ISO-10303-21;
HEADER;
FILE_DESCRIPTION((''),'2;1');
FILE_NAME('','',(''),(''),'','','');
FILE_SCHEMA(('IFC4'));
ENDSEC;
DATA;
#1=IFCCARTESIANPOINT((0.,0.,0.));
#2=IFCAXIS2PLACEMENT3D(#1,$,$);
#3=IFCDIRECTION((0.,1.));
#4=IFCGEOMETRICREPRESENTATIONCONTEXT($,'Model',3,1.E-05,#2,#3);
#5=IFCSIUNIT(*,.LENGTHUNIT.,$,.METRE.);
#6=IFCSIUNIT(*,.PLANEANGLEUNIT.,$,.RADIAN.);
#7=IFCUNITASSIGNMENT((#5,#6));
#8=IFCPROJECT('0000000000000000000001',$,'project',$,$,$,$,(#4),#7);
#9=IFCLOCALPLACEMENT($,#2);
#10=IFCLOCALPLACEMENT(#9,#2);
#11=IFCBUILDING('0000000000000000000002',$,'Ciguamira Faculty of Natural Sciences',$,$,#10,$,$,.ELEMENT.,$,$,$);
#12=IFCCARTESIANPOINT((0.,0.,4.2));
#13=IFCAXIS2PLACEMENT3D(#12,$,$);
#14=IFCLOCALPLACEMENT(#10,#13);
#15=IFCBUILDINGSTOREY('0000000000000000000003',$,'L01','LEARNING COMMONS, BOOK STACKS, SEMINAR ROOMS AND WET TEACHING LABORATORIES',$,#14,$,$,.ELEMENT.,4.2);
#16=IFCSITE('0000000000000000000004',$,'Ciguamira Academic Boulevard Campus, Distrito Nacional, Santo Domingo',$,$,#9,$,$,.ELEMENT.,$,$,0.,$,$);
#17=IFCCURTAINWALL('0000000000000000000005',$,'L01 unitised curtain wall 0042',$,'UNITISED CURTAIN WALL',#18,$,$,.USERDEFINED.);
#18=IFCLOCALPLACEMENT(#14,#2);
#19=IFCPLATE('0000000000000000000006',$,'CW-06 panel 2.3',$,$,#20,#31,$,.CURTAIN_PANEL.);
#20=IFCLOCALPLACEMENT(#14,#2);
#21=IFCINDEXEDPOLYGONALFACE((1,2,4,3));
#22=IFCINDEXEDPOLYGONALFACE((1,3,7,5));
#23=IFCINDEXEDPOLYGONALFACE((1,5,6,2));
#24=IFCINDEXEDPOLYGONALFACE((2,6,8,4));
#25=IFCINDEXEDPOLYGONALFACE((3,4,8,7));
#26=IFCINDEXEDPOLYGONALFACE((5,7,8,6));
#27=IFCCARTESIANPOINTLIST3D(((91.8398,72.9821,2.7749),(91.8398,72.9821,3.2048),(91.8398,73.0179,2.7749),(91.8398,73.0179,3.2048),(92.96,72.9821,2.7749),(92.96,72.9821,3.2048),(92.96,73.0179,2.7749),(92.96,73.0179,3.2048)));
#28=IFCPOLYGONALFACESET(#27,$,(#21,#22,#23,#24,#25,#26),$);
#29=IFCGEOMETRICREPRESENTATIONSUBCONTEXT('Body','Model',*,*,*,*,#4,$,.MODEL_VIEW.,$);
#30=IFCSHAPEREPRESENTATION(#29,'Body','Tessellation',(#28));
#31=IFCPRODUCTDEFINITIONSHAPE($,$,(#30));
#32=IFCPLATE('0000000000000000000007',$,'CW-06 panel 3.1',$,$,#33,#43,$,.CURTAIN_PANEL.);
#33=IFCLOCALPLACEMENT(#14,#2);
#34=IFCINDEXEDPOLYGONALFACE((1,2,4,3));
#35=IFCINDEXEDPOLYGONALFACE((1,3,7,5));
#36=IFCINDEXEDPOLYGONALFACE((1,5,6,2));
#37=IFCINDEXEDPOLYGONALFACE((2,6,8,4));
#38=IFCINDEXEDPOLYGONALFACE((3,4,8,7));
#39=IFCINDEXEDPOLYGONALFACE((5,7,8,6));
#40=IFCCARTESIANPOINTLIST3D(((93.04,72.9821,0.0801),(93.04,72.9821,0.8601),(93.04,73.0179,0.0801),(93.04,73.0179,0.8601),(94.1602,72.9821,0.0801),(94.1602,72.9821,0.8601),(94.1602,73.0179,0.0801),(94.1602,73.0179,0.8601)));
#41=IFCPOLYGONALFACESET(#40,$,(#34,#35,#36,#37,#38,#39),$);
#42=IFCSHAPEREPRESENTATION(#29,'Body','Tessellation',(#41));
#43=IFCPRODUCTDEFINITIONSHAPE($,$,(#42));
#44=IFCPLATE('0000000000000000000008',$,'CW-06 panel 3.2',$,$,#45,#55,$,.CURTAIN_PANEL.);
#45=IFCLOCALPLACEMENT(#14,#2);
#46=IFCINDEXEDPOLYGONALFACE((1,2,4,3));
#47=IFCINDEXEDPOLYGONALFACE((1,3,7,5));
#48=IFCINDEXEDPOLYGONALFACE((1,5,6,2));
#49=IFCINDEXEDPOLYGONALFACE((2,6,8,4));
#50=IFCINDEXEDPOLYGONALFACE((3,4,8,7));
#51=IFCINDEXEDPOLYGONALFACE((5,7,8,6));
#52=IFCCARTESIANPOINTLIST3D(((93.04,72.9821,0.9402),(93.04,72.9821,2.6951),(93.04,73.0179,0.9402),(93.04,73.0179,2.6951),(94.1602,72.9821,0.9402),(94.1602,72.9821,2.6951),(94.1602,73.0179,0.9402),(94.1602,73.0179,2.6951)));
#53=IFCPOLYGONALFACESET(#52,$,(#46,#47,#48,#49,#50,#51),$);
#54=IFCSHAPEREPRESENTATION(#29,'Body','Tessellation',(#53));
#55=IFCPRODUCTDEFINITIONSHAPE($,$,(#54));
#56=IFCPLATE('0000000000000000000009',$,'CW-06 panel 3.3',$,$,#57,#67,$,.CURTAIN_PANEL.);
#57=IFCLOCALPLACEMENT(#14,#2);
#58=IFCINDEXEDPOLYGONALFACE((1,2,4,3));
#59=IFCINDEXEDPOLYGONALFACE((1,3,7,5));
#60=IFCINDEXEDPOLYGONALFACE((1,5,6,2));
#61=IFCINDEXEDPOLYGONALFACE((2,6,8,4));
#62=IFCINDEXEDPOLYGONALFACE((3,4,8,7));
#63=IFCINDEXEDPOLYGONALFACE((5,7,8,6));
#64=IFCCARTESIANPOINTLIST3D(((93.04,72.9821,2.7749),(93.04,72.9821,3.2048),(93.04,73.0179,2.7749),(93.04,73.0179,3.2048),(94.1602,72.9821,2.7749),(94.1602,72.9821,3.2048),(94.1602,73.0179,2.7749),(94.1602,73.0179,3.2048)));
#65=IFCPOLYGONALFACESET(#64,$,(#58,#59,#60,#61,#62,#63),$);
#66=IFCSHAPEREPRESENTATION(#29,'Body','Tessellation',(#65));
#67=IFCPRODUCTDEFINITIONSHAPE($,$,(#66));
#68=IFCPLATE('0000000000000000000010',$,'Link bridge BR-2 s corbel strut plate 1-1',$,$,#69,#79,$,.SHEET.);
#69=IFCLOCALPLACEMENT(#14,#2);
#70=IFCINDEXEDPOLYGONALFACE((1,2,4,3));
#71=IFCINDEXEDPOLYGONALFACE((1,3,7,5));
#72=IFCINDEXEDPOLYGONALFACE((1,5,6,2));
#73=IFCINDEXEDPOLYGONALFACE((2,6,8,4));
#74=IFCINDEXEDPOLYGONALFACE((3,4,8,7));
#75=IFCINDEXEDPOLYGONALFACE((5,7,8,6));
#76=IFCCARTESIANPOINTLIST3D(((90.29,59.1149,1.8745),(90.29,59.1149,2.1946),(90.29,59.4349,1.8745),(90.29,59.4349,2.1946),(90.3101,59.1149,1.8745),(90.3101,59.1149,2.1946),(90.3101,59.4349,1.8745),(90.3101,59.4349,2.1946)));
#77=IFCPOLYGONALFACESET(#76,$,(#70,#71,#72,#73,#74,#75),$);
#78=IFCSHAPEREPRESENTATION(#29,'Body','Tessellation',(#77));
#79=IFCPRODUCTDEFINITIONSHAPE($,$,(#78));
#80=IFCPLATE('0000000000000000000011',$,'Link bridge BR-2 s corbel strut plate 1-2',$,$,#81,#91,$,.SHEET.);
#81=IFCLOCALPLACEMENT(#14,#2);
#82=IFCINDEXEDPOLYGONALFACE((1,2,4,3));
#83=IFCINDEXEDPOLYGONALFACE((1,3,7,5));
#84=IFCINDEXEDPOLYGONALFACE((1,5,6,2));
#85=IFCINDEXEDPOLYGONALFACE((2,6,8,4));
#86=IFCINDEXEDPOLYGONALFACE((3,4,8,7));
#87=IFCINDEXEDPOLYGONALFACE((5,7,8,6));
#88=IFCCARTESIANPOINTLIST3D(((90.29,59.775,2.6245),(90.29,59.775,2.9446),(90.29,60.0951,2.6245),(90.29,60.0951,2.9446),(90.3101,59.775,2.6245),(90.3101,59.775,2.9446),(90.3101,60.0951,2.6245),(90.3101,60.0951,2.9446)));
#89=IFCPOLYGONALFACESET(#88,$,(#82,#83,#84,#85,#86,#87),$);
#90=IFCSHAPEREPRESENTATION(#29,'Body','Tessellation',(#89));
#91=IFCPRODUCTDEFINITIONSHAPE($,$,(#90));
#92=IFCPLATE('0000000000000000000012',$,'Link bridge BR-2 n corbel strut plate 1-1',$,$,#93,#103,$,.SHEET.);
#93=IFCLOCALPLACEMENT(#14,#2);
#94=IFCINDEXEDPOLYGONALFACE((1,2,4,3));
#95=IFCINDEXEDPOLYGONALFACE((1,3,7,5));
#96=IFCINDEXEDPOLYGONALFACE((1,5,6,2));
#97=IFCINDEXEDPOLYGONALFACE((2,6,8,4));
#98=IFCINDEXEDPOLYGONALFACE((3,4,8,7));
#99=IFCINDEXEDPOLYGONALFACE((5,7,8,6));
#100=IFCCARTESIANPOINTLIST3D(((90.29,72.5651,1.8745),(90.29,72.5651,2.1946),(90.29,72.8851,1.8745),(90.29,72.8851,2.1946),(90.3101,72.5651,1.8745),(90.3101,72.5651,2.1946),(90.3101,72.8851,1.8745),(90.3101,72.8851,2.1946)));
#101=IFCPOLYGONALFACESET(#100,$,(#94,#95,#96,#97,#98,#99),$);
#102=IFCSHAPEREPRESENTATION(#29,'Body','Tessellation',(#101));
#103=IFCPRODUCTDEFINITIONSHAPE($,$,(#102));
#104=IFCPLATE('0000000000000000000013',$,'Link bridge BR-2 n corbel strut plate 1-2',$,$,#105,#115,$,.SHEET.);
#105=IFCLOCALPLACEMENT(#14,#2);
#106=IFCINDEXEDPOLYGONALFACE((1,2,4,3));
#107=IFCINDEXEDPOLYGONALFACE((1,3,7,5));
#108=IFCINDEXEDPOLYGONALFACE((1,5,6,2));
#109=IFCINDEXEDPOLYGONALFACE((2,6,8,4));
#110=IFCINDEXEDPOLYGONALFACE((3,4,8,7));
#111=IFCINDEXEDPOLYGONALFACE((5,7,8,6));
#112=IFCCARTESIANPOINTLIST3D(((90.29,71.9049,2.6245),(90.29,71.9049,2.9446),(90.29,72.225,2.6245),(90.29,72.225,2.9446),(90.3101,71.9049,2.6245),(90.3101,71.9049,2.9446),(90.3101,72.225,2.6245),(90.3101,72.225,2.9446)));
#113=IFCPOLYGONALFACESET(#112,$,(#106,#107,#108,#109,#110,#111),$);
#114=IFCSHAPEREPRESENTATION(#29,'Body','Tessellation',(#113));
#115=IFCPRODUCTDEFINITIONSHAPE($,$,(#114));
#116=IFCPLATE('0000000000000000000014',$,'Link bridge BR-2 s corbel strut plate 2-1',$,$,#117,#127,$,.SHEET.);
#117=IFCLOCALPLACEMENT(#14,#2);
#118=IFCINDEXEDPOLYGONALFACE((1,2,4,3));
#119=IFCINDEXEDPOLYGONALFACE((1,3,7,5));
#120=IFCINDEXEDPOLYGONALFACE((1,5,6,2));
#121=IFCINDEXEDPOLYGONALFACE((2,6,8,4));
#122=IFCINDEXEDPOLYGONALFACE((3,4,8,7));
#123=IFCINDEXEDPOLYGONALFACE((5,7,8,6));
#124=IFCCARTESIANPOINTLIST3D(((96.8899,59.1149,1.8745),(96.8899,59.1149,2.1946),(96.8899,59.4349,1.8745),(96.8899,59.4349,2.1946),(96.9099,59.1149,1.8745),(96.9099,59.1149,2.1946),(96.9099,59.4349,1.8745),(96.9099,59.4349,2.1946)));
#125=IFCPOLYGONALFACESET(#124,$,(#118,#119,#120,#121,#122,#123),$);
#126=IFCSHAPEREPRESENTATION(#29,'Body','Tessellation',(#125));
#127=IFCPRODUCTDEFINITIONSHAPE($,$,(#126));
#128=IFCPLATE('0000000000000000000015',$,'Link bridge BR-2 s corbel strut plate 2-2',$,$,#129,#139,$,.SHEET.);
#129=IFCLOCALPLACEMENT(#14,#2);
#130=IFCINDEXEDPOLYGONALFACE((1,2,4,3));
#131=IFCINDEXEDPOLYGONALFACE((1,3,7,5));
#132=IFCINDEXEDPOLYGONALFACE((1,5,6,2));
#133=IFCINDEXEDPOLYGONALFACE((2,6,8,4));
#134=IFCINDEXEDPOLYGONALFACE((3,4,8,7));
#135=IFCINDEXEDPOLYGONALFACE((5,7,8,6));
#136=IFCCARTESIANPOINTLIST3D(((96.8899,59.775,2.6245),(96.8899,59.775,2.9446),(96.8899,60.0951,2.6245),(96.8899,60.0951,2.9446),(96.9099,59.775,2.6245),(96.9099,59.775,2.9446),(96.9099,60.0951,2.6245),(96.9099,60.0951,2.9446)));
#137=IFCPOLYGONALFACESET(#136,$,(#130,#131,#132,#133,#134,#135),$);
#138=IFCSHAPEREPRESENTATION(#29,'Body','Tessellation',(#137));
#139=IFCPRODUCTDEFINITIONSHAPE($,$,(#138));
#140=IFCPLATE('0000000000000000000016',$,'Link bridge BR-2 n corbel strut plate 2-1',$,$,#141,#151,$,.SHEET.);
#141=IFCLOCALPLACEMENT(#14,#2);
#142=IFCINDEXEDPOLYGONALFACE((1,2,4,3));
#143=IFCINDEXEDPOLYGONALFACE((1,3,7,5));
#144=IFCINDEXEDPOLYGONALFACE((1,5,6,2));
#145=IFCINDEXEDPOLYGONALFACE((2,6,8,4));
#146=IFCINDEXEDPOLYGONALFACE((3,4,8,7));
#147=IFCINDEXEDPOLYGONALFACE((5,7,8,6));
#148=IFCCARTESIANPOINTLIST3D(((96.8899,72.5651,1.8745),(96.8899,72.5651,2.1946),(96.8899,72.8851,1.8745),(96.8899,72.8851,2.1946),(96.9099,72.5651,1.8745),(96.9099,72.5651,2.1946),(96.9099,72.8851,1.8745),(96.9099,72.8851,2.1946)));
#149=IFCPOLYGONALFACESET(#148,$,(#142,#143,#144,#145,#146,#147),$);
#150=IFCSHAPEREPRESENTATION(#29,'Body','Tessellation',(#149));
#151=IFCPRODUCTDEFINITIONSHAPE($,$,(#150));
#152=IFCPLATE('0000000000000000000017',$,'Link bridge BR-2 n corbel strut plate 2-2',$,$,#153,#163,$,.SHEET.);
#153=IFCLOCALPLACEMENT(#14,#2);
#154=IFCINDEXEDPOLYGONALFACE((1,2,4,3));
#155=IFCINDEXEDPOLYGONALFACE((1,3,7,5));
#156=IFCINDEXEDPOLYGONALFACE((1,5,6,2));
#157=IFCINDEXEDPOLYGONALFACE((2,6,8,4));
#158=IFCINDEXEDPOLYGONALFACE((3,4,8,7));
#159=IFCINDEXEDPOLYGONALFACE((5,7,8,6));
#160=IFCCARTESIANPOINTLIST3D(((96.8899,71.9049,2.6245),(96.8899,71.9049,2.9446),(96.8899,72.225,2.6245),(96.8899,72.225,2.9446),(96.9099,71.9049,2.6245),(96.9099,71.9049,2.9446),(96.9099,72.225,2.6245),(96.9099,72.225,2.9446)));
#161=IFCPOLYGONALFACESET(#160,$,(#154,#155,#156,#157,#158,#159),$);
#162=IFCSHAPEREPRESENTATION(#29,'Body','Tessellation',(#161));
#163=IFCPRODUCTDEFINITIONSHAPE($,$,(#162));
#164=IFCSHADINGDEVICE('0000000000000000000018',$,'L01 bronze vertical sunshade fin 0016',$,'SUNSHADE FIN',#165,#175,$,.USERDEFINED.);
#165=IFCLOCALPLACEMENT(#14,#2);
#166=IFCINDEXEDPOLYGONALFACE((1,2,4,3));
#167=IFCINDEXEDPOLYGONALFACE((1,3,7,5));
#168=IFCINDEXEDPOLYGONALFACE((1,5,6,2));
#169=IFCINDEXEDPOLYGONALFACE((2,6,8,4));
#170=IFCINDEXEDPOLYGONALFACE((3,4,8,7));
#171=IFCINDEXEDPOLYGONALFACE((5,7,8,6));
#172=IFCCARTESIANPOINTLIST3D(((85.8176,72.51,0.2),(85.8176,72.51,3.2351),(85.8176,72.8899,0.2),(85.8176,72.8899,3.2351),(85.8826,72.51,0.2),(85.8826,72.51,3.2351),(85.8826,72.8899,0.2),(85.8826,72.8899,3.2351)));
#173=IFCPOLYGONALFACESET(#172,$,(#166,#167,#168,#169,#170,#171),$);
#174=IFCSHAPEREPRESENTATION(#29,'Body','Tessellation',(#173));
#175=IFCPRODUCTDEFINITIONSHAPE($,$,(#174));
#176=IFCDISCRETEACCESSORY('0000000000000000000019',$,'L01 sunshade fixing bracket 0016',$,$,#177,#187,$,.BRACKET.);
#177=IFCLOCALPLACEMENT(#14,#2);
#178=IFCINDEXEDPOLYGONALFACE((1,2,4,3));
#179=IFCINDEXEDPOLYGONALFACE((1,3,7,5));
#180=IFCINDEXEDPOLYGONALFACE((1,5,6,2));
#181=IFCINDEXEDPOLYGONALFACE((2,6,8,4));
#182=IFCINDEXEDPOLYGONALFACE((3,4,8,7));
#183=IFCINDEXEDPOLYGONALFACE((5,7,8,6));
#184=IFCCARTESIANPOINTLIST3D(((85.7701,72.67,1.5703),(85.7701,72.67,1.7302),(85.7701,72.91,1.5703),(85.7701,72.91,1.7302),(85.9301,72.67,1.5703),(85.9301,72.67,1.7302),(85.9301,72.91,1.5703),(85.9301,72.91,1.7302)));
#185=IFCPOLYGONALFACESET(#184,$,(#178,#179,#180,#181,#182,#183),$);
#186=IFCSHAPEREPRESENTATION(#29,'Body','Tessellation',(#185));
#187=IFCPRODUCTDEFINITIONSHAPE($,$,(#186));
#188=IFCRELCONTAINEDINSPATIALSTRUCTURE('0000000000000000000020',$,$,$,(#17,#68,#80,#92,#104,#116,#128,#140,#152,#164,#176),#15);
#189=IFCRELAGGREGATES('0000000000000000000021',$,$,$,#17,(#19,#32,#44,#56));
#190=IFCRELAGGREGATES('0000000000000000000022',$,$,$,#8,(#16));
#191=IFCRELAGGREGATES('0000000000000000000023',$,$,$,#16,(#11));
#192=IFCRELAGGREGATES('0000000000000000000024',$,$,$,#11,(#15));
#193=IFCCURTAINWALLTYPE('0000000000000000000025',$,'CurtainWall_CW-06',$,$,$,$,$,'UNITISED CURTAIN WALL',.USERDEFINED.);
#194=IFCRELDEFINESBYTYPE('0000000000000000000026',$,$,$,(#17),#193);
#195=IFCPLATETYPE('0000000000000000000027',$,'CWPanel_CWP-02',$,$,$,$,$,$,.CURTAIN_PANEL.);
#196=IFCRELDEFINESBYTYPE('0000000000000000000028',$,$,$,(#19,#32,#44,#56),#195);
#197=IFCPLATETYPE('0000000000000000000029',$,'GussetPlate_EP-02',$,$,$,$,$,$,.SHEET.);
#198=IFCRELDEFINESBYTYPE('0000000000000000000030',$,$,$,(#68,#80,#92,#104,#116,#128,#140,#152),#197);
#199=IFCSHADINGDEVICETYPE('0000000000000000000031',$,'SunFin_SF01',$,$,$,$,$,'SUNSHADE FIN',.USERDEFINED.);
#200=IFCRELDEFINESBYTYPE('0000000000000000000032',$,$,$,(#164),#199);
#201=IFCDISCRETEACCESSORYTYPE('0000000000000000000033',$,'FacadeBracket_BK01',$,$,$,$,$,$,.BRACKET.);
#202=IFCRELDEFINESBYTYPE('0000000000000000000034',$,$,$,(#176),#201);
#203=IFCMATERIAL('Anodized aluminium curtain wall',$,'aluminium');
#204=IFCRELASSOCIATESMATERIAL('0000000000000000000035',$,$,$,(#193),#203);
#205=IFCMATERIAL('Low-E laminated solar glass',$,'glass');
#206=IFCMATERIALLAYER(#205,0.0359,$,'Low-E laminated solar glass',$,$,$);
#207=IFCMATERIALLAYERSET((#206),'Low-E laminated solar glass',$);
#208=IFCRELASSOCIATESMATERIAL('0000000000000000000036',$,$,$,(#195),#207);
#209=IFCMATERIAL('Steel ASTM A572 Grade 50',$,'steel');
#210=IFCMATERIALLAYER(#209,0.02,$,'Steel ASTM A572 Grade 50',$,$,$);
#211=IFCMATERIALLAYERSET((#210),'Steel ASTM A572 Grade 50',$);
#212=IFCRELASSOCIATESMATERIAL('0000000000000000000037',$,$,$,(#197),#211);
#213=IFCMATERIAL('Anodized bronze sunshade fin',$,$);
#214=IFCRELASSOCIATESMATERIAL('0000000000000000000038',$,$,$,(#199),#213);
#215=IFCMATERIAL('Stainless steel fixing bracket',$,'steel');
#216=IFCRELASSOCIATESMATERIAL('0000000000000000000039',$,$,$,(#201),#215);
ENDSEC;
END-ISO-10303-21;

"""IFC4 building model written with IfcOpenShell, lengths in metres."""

from ifc_helpers import new_model, si_unit, direction, frame, origin, origin_2d, place, context, subcontext, project, spatial, rectangle, extrude, material, layer, layer_set, material_profile, profile_set, type_object, element, aggregate, save


model = new_model("IFC4")

# Units and contexts
model_context = context("Model", 3, precision=1e-05, world=origin(), true_north=direction((0.0, 1.0)))
body_context = subcontext(model_context, "Body", "Model", "MODEL_VIEW")
ifc_project = project(units=[si_unit("LENGTHUNIT", "METRE"), si_unit("PLANEANGLEUNIT", "RADIAN")], contexts=[model_context])

# Site, building, storey
site_placement = place(None, origin())
site = spatial("IfcSite", under=ifc_project, at=site_placement, Name="Ciguamira Academic Boulevard Campus, Distrito Nacional, Santo Domingo", CompositionType="ELEMENT", RefElevation=0.0)
building_placement = place(site_placement, origin())
building = spatial("IfcBuilding", under=site, at=building_placement, Name="Ciguamira Faculty of Natural Sciences", CompositionType="ELEMENT")
storey_placement = place(building_placement, frame((0.0, 0.0, 4.2)))
storey = spatial("IfcBuildingStorey", under=building, at=storey_placement, Name="L01", Description="LEARNING COMMONS, BOOK STACKS, SEMINAR ROOMS AND WET TEACHING LABORATORIES", CompositionType="ELEMENT", Elevation=4.2)

# Curtain wall
ifc_material_1 = material(Name="Anodized aluminium curtain wall", Category="aluminium")
curtain_wall_type = type_object("IfcCurtainWallType", Name="CurtainWall_CW-06", ElementType="UNITISED CURTAIN WALL", PredefinedType="USERDEFINED", material=ifc_material_1)
curtain_wall_placement = place(storey_placement, origin())
curtain_wall = element("IfcCurtainWall", 1, at=curtain_wall_placement, inside=storey, type_object=curtain_wall_type, Name="L01 unitised curtain wall 0042", ObjectType="UNITISED CURTAIN WALL", PredefinedType="USERDEFINED")

# Plates
ifc_material_2 = material(Name="Low-E laminated solar glass", Category="glass")
ifc_layer_1 = layer(ifc_material_2, 0.0359, Name="Low-E laminated solar glass")
ifc_layer_set_1 = layer_set([ifc_layer_1], Name="Low-E laminated solar glass")
plate_type_1 = type_object("IfcPlateType", Name="CWPanel_CWP-02", PredefinedType="CURTAIN_PANEL", material=ifc_layer_set_1)
plate_1_placement = place(storey_placement, frame((92.3999, 73.0, 2.7749), z_axis=(0.0, 0.0, 1.0), x_axis=(1.0, 0.0, 0.0)))
plate_1 = element("IfcPlate", 2, at=plate_1_placement, type_object=plate_type_1, Name="CW-06 panel 2.3", PredefinedType="CURTAIN_PANEL", context=body_context, shape_type="SweptSolid", body=[
    extrude(rectangle(XDim=1.1201, YDim=0.0359, at=origin_2d()), origin(), (0.0, 0.0, 1.0), 0.4299),
])
plate_2_placement = place(storey_placement, frame((93.6001, 73.0, 0.0801), z_axis=(0.0, 0.0, 1.0), x_axis=(1.0, 0.0, 0.0)))
plate_2 = element("IfcPlate", 3, at=plate_2_placement, type_object=plate_type_1, Name="CW-06 panel 3.1", PredefinedType="CURTAIN_PANEL", context=body_context, shape_type="SweptSolid", body=[
    extrude(rectangle(XDim=1.1201, YDim=0.0359, at=origin_2d()), origin(), (0.0, 0.0, 1.0), 0.78),
])
plate_3_placement = place(storey_placement, frame((93.6001, 73.0, 0.9402), z_axis=(0.0, 0.0, 1.0), x_axis=(1.0, 0.0, 0.0)))
plate_3 = element("IfcPlate", 4, at=plate_3_placement, type_object=plate_type_1, Name="CW-06 panel 3.2", PredefinedType="CURTAIN_PANEL", context=body_context, shape_type="SweptSolid", body=[
    extrude(rectangle(XDim=1.1201, YDim=0.0359, at=origin_2d()), origin(), (0.0, 0.0, 1.0), 1.7549),
])
plate_4_placement = place(storey_placement, frame((93.6001, 73.0, 2.7749), z_axis=(0.0, 0.0, 1.0), x_axis=(1.0, 0.0, 0.0)))
plate_4 = element("IfcPlate", 5, at=plate_4_placement, type_object=plate_type_1, Name="CW-06 panel 3.3", PredefinedType="CURTAIN_PANEL", context=body_context, shape_type="SweptSolid", body=[
    extrude(rectangle(XDim=1.1201, YDim=0.0359, at=origin_2d()), origin(), (0.0, 0.0, 1.0), 0.4299),
])
aggregate(curtain_wall, [plate_1, plate_2, plate_3, plate_4])

# Plates
ifc_material_3 = material(Name="Steel ASTM A572 Grade 50", Category="steel")
ifc_layer_2 = layer(ifc_material_3, 0.02, Name="Steel ASTM A572 Grade 50")
ifc_layer_set_2 = layer_set([ifc_layer_2], Name="Steel ASTM A572 Grade 50")
plate_type_2 = type_object("IfcPlateType", Name="GussetPlate_EP-02", PredefinedType="SHEET", material=ifc_layer_set_2)
for number, where, z_axis, x_axis, name in (
    (6, (90.3, 59.2749, 1.8745), (0.0, 0.0, 1.0), (1.0, 0.0, 0.0), "Link bridge BR-2 s corbel strut plate 1-1"),
    (7, (90.3, 59.9351, 2.6245), (0.0, 0.0, 1.0), (1.0, 0.0, 0.0), "Link bridge BR-2 s corbel strut plate 1-2"),
    (8, (90.3, 72.7251, 1.8745), (0.0, 0.0, 1.0), (1.0, 0.0, 0.0), "Link bridge BR-2 n corbel strut plate 1-1"),
    (9, (90.3, 72.0649, 2.6245), (0.0, 0.0, 1.0), (1.0, 0.0, 0.0), "Link bridge BR-2 n corbel strut plate 1-2"),
    (10, (96.8999, 59.2749, 1.8745), (0.0, 0.0, 1.0), (1.0, 0.0, 0.0), "Link bridge BR-2 s corbel strut plate 2-1"),
    (11, (96.8999, 59.9351, 2.6245), (0.0, 0.0, 1.0), (1.0, 0.0, 0.0), "Link bridge BR-2 s corbel strut plate 2-2"),
    (12, (96.8999, 72.7251, 1.8745), (0.0, 0.0, 1.0), (1.0, 0.0, 0.0), "Link bridge BR-2 n corbel strut plate 2-1"),
    (13, (96.8999, 72.0649, 2.6245), (0.0, 0.0, 1.0), (1.0, 0.0, 0.0), "Link bridge BR-2 n corbel strut plate 2-2"),
):
    element("IfcPlate", number, at=place(storey_placement, frame(where, z_axis=z_axis, x_axis=x_axis)), inside=storey, type_object=plate_type_2, Name=name, PredefinedType="SHEET", context=body_context, shape_type="SweptSolid", body=[
        extrude(rectangle(XDim=0.02, YDim=0.3201, at=origin_2d()), origin(), (0.0, 0.0, 1.0), 0.3201),
    ])

# Shading device
ifc_material_4 = material(Name="Anodized bronze sunshade fin")
ifc_material_profile_1 = material_profile(ifc_material_4, rectangle(XDim=0.0649, YDim=0.3799, at=origin_2d()), Name="BRZ-FIN-65X380")
ifc_profile_set_1 = profile_set([ifc_material_profile_1], Name="Anodized bronze sunshade fin")
shading_device_type = type_object("IfcShadingDeviceType", Name="SunFin_SF01", ElementType="SUNSHADE FIN", PredefinedType="USERDEFINED", material=ifc_profile_set_1)
shading_device_placement = place(storey_placement, frame((85.8501, 72.7, 0.2), z_axis=(0.0, 0.0, 1.0), x_axis=(1.0, 0.0, 0.0)))
element("IfcShadingDevice", 14, at=shading_device_placement, inside=storey, type_object=shading_device_type, Name="L01 bronze vertical sunshade fin 0016", ObjectType="SUNSHADE FIN", PredefinedType="USERDEFINED", context=body_context, shape_type="SweptSolid", body=[
    extrude(rectangle(XDim=0.0649, YDim=0.3799, at=origin_2d()), origin(), (0.0, 0.0, 1.0), 3.0352),
])

# Discrete accessory
ifc_material_5 = material(Name="Stainless steel fixing bracket", Category="steel")
discrete_accessory_type = type_object("IfcDiscreteAccessoryType", Name="FacadeBracket_BK01", PredefinedType="BRACKET", material=ifc_material_5)
discrete_accessory_placement = place(storey_placement, frame((85.8501, 72.79, 1.5703), z_axis=(0.0, 0.0, 1.0), x_axis=(1.0, 0.0, 0.0)))
element("IfcDiscreteAccessory", 15, at=discrete_accessory_placement, inside=storey, type_object=discrete_accessory_type, Name="L01 sunshade fixing bracket 0016", PredefinedType="BRACKET", context=body_context, shape_type="SweptSolid", body=[
    extrude(rectangle(XDim=0.1599, YDim=0.24, at=origin_2d()), origin(), (0.0, 0.0, 1.0), 0.1599),
])

save(model, "model.ifc")
